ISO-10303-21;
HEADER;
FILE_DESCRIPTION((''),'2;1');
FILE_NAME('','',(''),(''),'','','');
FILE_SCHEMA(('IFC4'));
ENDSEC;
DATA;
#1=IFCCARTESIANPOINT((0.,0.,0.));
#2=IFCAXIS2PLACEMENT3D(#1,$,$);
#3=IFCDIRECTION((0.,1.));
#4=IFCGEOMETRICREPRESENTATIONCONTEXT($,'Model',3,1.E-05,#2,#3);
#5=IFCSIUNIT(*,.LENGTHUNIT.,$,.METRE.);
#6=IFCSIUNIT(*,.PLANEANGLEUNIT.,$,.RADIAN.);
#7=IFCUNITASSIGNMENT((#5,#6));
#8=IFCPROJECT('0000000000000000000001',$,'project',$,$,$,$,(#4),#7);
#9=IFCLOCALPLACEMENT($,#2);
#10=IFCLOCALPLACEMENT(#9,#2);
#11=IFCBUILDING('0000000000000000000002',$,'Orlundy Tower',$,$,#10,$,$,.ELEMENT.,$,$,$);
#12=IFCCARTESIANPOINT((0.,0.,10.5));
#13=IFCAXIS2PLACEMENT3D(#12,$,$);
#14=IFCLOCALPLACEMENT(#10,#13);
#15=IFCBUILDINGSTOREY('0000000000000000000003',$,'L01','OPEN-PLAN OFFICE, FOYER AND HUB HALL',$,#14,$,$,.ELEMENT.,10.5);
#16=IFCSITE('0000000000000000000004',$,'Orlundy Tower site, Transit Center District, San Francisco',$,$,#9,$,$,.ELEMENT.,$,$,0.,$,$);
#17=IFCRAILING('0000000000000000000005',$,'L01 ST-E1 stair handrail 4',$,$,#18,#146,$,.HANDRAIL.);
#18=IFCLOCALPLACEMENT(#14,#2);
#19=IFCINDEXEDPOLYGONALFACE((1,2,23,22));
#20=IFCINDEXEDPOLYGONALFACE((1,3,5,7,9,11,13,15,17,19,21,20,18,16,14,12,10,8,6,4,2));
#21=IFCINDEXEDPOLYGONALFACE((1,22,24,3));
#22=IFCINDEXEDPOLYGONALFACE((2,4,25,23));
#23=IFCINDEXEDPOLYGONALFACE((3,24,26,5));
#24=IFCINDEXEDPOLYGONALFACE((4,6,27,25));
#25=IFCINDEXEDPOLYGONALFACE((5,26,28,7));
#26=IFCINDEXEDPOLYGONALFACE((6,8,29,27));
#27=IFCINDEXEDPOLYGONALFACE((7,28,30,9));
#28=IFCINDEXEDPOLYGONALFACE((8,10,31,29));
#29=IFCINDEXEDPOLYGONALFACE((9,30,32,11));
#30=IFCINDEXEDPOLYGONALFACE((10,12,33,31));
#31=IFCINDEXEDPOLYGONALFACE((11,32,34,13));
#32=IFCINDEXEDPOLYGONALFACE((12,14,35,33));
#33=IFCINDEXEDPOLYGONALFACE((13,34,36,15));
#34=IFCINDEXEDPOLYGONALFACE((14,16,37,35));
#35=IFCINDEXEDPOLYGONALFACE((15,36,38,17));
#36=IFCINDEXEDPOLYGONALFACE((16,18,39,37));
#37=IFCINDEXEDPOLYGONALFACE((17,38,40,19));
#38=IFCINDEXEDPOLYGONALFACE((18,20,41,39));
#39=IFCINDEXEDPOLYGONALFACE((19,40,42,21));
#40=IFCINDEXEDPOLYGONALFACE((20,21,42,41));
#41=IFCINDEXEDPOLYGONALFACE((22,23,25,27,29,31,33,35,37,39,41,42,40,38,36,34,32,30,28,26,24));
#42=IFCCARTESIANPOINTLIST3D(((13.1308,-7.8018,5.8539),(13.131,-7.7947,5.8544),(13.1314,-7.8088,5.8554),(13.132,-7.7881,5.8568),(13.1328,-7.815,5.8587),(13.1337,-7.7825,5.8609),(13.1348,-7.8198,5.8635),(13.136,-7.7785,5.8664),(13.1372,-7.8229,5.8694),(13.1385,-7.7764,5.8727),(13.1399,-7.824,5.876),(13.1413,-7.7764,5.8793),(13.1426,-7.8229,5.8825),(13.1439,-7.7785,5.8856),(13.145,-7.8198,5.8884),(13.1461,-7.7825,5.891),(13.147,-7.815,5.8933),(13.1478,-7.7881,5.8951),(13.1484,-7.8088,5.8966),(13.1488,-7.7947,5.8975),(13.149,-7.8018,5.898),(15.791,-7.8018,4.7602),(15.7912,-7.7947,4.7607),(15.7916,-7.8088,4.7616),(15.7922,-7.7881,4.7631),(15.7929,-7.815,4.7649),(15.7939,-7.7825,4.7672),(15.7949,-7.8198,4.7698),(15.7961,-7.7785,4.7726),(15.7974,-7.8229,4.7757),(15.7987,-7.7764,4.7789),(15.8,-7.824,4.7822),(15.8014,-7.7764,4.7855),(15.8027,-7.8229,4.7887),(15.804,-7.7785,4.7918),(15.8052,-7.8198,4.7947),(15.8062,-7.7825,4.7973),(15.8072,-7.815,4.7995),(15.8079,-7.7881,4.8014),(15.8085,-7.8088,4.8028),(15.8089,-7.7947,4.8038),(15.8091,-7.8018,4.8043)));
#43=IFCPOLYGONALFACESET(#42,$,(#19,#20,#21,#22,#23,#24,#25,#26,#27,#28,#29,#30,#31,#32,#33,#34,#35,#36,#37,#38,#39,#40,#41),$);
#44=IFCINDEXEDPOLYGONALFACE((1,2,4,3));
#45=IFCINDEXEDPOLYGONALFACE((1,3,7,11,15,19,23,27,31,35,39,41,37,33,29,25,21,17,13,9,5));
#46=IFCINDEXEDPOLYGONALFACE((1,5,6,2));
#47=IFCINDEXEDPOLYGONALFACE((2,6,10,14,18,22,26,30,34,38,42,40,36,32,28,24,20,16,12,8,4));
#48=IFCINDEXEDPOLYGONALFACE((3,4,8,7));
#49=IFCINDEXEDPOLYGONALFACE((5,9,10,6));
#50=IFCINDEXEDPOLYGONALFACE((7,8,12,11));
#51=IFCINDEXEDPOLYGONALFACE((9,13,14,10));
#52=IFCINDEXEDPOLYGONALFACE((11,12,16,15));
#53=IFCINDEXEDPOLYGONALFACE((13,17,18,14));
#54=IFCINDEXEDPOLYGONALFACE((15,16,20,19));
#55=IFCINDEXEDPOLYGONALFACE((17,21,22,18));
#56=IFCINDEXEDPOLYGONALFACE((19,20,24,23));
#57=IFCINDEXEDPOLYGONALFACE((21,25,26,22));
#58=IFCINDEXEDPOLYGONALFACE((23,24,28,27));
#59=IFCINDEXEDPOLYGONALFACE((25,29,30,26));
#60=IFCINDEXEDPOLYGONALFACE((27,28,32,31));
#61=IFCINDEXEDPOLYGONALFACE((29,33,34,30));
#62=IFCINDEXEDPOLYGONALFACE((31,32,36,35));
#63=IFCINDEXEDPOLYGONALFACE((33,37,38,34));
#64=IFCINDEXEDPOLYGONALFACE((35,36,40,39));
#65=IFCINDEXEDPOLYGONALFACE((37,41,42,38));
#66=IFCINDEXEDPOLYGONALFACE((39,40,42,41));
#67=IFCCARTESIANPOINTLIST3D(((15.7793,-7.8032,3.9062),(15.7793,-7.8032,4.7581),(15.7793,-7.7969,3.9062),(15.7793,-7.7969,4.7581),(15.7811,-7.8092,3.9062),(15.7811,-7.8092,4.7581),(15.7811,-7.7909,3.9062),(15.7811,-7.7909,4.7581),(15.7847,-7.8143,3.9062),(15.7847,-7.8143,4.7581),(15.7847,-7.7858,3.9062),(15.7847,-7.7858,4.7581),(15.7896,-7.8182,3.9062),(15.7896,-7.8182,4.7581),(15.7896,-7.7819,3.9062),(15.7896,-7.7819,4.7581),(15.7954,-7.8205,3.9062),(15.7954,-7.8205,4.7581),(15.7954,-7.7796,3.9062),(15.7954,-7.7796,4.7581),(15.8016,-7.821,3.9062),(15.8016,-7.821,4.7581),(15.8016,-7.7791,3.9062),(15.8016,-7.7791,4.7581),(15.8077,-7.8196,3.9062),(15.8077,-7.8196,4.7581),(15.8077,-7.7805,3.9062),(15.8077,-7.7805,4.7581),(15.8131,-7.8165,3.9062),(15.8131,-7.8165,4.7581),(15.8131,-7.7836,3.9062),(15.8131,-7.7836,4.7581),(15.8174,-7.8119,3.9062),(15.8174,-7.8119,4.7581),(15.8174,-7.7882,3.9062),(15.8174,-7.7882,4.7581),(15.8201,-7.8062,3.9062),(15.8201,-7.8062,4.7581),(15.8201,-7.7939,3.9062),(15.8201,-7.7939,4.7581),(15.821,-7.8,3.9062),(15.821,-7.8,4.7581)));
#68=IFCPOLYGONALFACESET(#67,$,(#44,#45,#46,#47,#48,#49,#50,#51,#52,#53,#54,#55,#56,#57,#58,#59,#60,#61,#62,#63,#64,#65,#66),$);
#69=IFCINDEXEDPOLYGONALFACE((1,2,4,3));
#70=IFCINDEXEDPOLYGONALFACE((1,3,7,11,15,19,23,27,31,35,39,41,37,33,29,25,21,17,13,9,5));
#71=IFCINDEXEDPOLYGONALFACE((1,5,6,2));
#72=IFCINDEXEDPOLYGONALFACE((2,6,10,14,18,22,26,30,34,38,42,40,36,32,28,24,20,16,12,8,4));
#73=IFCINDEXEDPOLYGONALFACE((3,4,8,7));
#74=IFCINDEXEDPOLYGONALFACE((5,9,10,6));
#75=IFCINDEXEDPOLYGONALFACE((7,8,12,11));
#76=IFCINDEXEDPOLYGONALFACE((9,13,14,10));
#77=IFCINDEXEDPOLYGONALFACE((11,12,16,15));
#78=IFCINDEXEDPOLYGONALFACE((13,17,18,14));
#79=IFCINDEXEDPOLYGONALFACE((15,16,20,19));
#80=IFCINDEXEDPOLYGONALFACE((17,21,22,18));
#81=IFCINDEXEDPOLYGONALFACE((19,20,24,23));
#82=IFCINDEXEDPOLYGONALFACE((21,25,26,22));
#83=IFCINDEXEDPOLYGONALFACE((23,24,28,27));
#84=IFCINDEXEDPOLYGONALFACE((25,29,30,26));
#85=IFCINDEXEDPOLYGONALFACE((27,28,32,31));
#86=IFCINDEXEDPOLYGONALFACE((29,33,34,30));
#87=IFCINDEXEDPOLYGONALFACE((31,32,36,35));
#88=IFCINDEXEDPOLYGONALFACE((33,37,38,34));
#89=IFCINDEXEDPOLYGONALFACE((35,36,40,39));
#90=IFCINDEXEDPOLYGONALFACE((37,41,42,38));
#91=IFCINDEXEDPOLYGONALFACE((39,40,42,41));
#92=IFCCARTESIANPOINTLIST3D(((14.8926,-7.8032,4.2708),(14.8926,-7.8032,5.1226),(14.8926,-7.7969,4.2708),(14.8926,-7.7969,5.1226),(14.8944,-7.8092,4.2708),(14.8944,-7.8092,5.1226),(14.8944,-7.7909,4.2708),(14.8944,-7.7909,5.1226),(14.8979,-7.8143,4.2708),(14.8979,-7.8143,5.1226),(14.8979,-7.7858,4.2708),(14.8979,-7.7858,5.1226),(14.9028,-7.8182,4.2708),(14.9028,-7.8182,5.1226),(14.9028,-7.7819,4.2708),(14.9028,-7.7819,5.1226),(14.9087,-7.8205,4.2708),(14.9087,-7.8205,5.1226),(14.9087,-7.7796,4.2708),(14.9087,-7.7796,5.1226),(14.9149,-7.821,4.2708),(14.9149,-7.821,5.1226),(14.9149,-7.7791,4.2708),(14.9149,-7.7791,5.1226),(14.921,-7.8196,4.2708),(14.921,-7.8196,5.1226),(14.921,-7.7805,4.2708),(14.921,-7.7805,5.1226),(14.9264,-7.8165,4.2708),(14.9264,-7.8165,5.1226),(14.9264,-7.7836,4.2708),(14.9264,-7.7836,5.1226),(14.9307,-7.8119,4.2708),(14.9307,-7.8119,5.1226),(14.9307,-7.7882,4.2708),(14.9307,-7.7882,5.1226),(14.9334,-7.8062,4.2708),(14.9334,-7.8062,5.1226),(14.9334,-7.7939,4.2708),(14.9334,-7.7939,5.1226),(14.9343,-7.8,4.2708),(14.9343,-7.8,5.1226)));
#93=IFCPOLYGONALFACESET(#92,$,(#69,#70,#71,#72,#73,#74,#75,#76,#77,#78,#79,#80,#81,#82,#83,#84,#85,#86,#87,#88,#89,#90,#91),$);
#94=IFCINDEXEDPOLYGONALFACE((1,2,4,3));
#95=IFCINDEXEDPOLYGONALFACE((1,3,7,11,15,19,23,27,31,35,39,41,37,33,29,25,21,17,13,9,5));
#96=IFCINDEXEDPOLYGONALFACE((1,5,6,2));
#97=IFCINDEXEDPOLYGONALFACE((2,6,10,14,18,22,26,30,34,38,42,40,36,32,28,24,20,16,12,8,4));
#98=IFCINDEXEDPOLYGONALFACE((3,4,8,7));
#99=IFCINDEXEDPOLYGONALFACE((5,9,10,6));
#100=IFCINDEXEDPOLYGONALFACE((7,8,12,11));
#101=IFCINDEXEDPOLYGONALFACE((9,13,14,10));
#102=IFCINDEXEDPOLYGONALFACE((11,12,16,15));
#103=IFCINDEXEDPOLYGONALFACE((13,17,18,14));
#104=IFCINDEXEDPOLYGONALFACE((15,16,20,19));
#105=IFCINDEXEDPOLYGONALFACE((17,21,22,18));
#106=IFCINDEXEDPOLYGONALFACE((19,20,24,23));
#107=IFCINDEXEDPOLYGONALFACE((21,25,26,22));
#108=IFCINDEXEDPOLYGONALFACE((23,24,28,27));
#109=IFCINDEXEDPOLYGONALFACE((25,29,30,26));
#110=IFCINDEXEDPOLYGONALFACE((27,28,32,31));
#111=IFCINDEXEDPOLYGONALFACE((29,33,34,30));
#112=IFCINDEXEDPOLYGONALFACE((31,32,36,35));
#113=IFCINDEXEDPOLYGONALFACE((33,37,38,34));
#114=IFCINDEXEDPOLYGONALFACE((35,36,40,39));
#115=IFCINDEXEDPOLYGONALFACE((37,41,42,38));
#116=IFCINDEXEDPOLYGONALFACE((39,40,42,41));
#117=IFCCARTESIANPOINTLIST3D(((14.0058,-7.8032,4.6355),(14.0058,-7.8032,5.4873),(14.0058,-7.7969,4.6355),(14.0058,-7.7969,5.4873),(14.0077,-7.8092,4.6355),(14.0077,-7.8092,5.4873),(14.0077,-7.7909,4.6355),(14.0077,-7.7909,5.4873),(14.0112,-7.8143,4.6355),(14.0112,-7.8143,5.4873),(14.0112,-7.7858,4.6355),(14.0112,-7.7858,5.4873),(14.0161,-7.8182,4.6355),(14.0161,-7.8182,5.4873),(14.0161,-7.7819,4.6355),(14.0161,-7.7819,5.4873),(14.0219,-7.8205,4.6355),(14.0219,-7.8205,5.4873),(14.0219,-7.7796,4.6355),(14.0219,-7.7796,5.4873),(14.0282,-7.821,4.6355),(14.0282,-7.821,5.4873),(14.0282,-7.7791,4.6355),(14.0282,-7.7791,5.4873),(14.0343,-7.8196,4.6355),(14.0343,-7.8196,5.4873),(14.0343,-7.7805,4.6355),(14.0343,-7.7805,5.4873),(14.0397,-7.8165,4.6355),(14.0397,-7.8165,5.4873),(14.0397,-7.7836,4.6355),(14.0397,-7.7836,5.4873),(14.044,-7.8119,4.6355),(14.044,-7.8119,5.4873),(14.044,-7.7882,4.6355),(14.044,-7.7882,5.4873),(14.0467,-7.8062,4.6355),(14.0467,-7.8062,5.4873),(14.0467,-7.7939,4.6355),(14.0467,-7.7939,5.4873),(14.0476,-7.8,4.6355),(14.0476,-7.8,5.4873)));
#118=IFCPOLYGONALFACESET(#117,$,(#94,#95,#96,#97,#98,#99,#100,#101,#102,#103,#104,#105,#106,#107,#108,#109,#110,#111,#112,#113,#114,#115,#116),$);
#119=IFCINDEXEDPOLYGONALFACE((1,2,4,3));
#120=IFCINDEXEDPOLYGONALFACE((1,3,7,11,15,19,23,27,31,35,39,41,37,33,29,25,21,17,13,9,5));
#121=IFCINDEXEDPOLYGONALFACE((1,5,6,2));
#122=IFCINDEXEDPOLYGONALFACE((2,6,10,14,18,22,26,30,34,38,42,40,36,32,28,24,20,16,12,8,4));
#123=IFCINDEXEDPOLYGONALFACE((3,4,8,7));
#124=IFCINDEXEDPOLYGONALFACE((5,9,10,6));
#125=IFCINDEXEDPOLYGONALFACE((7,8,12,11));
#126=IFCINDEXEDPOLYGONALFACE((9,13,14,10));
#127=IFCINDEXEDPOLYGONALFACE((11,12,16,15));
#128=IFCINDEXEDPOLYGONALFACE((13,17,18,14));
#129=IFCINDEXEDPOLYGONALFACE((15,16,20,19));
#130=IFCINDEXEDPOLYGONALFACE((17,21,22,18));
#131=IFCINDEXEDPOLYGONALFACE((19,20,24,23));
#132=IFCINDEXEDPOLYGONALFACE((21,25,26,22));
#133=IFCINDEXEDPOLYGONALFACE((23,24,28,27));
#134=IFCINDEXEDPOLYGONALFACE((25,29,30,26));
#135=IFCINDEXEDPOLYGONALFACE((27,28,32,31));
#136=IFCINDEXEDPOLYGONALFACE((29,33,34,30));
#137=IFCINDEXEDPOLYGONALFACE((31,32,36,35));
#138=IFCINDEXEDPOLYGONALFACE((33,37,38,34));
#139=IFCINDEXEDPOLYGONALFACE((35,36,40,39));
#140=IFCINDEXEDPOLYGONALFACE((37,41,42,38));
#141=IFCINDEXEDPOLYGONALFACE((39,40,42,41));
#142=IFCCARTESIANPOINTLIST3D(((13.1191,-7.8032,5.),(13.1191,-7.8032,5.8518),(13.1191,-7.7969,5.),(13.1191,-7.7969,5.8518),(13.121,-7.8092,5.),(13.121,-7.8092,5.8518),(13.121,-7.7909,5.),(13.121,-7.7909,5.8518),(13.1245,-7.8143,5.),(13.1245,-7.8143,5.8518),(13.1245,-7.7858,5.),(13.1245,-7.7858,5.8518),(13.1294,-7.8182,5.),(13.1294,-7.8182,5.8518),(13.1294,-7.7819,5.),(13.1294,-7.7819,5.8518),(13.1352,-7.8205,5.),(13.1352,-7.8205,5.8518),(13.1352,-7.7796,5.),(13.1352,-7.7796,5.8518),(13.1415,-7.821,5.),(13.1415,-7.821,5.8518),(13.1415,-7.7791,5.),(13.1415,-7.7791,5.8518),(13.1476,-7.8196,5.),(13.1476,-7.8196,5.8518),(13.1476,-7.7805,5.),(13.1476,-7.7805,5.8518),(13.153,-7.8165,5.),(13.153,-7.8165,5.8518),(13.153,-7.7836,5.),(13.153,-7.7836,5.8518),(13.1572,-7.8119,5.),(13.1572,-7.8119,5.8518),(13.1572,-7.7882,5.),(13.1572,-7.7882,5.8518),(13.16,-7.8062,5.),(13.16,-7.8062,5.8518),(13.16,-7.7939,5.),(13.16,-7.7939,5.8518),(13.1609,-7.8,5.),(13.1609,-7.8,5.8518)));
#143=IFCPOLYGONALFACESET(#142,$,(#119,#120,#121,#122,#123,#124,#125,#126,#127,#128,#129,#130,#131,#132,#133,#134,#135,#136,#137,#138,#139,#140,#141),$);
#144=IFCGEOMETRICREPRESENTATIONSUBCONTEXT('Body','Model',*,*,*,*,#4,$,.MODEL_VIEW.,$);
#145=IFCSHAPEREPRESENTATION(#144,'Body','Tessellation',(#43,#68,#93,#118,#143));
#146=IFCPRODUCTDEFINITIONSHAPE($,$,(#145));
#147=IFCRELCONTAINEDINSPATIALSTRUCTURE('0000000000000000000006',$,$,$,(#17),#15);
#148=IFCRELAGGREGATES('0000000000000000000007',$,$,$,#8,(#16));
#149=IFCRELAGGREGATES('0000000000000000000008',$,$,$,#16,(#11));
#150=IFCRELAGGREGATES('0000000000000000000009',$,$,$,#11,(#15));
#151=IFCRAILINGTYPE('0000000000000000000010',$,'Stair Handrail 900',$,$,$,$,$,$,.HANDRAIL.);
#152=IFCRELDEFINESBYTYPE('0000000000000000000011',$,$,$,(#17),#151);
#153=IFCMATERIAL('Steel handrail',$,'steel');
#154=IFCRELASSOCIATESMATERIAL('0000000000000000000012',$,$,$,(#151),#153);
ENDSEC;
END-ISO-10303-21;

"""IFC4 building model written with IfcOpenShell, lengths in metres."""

from ifc_helpers import new_model, si_unit, direction, frame, origin, origin_2d, place, context, subcontext, project, spatial, circle, extrude, material, type_object, element, save


model = new_model("IFC4")

# Units and contexts
model_context = context("Model", 3, precision=1e-05, world=origin(), true_north=direction((0.0, 1.0)))
body_context = subcontext(model_context, "Body", "Model", "MODEL_VIEW")
ifc_project = project(units=[si_unit("LENGTHUNIT", "METRE"), si_unit("PLANEANGLEUNIT", "RADIAN")], contexts=[model_context])

# Site, building, storey
site_placement = place(None, origin())
site = spatial("IfcSite", under=ifc_project, at=site_placement, Name="Orlundy Tower site, Transit Center District, San Francisco", CompositionType="ELEMENT", RefElevation=0.0)
building_placement = place(site_placement, origin())
building = spatial("IfcBuilding", under=site, at=building_placement, Name="Orlundy Tower", CompositionType="ELEMENT")
storey_placement = place(building_placement, frame((0.0, 0.0, 10.5)))
storey = spatial("IfcBuildingStorey", under=building, at=storey_placement, Name="L01", Description="OPEN-PLAN OFFICE, FOYER AND HUB HALL", CompositionType="ELEMENT", Elevation=10.5)

# Railing
ifc_material_1 = material(Name="Steel handrail", Category="steel")
railing_type_1 = type_object("IfcRailingType", Name="Stair Handrail 900", PredefinedType="HANDRAIL", material=ifc_material_1)
for number, where, name in (
    (1, (15.8, -7.8, 3.9062), "L01 ST-E1 stair handrail 4"),
):
    element("IfcRailing", number, at=place(storey_placement, frame(where)), inside=storey, type_object=railing_type_1, Name=name, PredefinedType="HANDRAIL", context=body_context, shape_type="SweptSolid", body=[
        extrude(circle(Radius=0.0239, at=origin_2d()), frame((0.0, 0.0, 0.876), z_axis=(-0.924875, 0.0, 0.380272), x_axis=(0.0, -1.0, 0.0)), (0.0, 0.0, 1.0), 2.8762),
        extrude(circle(Radius=0.021, at=origin_2d()), origin(), (0.0, 0.0, 1.0), 0.8518),
        extrude(circle(Radius=0.021, at=origin_2d()), frame((-0.8867, 0.0, 0.3645)), (0.0, 0.0, 1.0), 0.8518),
        extrude(circle(Radius=0.021, at=origin_2d()), frame((-1.7734, 0.0, 0.7292)), (0.0, 0.0, 1.0), 0.8518),
        extrude(circle(Radius=0.021, at=origin_2d()), frame((-2.6602, 0.0, 1.0938)), (0.0, 0.0, 1.0), 0.8518),
    ])

save(model, "model.ifc")
